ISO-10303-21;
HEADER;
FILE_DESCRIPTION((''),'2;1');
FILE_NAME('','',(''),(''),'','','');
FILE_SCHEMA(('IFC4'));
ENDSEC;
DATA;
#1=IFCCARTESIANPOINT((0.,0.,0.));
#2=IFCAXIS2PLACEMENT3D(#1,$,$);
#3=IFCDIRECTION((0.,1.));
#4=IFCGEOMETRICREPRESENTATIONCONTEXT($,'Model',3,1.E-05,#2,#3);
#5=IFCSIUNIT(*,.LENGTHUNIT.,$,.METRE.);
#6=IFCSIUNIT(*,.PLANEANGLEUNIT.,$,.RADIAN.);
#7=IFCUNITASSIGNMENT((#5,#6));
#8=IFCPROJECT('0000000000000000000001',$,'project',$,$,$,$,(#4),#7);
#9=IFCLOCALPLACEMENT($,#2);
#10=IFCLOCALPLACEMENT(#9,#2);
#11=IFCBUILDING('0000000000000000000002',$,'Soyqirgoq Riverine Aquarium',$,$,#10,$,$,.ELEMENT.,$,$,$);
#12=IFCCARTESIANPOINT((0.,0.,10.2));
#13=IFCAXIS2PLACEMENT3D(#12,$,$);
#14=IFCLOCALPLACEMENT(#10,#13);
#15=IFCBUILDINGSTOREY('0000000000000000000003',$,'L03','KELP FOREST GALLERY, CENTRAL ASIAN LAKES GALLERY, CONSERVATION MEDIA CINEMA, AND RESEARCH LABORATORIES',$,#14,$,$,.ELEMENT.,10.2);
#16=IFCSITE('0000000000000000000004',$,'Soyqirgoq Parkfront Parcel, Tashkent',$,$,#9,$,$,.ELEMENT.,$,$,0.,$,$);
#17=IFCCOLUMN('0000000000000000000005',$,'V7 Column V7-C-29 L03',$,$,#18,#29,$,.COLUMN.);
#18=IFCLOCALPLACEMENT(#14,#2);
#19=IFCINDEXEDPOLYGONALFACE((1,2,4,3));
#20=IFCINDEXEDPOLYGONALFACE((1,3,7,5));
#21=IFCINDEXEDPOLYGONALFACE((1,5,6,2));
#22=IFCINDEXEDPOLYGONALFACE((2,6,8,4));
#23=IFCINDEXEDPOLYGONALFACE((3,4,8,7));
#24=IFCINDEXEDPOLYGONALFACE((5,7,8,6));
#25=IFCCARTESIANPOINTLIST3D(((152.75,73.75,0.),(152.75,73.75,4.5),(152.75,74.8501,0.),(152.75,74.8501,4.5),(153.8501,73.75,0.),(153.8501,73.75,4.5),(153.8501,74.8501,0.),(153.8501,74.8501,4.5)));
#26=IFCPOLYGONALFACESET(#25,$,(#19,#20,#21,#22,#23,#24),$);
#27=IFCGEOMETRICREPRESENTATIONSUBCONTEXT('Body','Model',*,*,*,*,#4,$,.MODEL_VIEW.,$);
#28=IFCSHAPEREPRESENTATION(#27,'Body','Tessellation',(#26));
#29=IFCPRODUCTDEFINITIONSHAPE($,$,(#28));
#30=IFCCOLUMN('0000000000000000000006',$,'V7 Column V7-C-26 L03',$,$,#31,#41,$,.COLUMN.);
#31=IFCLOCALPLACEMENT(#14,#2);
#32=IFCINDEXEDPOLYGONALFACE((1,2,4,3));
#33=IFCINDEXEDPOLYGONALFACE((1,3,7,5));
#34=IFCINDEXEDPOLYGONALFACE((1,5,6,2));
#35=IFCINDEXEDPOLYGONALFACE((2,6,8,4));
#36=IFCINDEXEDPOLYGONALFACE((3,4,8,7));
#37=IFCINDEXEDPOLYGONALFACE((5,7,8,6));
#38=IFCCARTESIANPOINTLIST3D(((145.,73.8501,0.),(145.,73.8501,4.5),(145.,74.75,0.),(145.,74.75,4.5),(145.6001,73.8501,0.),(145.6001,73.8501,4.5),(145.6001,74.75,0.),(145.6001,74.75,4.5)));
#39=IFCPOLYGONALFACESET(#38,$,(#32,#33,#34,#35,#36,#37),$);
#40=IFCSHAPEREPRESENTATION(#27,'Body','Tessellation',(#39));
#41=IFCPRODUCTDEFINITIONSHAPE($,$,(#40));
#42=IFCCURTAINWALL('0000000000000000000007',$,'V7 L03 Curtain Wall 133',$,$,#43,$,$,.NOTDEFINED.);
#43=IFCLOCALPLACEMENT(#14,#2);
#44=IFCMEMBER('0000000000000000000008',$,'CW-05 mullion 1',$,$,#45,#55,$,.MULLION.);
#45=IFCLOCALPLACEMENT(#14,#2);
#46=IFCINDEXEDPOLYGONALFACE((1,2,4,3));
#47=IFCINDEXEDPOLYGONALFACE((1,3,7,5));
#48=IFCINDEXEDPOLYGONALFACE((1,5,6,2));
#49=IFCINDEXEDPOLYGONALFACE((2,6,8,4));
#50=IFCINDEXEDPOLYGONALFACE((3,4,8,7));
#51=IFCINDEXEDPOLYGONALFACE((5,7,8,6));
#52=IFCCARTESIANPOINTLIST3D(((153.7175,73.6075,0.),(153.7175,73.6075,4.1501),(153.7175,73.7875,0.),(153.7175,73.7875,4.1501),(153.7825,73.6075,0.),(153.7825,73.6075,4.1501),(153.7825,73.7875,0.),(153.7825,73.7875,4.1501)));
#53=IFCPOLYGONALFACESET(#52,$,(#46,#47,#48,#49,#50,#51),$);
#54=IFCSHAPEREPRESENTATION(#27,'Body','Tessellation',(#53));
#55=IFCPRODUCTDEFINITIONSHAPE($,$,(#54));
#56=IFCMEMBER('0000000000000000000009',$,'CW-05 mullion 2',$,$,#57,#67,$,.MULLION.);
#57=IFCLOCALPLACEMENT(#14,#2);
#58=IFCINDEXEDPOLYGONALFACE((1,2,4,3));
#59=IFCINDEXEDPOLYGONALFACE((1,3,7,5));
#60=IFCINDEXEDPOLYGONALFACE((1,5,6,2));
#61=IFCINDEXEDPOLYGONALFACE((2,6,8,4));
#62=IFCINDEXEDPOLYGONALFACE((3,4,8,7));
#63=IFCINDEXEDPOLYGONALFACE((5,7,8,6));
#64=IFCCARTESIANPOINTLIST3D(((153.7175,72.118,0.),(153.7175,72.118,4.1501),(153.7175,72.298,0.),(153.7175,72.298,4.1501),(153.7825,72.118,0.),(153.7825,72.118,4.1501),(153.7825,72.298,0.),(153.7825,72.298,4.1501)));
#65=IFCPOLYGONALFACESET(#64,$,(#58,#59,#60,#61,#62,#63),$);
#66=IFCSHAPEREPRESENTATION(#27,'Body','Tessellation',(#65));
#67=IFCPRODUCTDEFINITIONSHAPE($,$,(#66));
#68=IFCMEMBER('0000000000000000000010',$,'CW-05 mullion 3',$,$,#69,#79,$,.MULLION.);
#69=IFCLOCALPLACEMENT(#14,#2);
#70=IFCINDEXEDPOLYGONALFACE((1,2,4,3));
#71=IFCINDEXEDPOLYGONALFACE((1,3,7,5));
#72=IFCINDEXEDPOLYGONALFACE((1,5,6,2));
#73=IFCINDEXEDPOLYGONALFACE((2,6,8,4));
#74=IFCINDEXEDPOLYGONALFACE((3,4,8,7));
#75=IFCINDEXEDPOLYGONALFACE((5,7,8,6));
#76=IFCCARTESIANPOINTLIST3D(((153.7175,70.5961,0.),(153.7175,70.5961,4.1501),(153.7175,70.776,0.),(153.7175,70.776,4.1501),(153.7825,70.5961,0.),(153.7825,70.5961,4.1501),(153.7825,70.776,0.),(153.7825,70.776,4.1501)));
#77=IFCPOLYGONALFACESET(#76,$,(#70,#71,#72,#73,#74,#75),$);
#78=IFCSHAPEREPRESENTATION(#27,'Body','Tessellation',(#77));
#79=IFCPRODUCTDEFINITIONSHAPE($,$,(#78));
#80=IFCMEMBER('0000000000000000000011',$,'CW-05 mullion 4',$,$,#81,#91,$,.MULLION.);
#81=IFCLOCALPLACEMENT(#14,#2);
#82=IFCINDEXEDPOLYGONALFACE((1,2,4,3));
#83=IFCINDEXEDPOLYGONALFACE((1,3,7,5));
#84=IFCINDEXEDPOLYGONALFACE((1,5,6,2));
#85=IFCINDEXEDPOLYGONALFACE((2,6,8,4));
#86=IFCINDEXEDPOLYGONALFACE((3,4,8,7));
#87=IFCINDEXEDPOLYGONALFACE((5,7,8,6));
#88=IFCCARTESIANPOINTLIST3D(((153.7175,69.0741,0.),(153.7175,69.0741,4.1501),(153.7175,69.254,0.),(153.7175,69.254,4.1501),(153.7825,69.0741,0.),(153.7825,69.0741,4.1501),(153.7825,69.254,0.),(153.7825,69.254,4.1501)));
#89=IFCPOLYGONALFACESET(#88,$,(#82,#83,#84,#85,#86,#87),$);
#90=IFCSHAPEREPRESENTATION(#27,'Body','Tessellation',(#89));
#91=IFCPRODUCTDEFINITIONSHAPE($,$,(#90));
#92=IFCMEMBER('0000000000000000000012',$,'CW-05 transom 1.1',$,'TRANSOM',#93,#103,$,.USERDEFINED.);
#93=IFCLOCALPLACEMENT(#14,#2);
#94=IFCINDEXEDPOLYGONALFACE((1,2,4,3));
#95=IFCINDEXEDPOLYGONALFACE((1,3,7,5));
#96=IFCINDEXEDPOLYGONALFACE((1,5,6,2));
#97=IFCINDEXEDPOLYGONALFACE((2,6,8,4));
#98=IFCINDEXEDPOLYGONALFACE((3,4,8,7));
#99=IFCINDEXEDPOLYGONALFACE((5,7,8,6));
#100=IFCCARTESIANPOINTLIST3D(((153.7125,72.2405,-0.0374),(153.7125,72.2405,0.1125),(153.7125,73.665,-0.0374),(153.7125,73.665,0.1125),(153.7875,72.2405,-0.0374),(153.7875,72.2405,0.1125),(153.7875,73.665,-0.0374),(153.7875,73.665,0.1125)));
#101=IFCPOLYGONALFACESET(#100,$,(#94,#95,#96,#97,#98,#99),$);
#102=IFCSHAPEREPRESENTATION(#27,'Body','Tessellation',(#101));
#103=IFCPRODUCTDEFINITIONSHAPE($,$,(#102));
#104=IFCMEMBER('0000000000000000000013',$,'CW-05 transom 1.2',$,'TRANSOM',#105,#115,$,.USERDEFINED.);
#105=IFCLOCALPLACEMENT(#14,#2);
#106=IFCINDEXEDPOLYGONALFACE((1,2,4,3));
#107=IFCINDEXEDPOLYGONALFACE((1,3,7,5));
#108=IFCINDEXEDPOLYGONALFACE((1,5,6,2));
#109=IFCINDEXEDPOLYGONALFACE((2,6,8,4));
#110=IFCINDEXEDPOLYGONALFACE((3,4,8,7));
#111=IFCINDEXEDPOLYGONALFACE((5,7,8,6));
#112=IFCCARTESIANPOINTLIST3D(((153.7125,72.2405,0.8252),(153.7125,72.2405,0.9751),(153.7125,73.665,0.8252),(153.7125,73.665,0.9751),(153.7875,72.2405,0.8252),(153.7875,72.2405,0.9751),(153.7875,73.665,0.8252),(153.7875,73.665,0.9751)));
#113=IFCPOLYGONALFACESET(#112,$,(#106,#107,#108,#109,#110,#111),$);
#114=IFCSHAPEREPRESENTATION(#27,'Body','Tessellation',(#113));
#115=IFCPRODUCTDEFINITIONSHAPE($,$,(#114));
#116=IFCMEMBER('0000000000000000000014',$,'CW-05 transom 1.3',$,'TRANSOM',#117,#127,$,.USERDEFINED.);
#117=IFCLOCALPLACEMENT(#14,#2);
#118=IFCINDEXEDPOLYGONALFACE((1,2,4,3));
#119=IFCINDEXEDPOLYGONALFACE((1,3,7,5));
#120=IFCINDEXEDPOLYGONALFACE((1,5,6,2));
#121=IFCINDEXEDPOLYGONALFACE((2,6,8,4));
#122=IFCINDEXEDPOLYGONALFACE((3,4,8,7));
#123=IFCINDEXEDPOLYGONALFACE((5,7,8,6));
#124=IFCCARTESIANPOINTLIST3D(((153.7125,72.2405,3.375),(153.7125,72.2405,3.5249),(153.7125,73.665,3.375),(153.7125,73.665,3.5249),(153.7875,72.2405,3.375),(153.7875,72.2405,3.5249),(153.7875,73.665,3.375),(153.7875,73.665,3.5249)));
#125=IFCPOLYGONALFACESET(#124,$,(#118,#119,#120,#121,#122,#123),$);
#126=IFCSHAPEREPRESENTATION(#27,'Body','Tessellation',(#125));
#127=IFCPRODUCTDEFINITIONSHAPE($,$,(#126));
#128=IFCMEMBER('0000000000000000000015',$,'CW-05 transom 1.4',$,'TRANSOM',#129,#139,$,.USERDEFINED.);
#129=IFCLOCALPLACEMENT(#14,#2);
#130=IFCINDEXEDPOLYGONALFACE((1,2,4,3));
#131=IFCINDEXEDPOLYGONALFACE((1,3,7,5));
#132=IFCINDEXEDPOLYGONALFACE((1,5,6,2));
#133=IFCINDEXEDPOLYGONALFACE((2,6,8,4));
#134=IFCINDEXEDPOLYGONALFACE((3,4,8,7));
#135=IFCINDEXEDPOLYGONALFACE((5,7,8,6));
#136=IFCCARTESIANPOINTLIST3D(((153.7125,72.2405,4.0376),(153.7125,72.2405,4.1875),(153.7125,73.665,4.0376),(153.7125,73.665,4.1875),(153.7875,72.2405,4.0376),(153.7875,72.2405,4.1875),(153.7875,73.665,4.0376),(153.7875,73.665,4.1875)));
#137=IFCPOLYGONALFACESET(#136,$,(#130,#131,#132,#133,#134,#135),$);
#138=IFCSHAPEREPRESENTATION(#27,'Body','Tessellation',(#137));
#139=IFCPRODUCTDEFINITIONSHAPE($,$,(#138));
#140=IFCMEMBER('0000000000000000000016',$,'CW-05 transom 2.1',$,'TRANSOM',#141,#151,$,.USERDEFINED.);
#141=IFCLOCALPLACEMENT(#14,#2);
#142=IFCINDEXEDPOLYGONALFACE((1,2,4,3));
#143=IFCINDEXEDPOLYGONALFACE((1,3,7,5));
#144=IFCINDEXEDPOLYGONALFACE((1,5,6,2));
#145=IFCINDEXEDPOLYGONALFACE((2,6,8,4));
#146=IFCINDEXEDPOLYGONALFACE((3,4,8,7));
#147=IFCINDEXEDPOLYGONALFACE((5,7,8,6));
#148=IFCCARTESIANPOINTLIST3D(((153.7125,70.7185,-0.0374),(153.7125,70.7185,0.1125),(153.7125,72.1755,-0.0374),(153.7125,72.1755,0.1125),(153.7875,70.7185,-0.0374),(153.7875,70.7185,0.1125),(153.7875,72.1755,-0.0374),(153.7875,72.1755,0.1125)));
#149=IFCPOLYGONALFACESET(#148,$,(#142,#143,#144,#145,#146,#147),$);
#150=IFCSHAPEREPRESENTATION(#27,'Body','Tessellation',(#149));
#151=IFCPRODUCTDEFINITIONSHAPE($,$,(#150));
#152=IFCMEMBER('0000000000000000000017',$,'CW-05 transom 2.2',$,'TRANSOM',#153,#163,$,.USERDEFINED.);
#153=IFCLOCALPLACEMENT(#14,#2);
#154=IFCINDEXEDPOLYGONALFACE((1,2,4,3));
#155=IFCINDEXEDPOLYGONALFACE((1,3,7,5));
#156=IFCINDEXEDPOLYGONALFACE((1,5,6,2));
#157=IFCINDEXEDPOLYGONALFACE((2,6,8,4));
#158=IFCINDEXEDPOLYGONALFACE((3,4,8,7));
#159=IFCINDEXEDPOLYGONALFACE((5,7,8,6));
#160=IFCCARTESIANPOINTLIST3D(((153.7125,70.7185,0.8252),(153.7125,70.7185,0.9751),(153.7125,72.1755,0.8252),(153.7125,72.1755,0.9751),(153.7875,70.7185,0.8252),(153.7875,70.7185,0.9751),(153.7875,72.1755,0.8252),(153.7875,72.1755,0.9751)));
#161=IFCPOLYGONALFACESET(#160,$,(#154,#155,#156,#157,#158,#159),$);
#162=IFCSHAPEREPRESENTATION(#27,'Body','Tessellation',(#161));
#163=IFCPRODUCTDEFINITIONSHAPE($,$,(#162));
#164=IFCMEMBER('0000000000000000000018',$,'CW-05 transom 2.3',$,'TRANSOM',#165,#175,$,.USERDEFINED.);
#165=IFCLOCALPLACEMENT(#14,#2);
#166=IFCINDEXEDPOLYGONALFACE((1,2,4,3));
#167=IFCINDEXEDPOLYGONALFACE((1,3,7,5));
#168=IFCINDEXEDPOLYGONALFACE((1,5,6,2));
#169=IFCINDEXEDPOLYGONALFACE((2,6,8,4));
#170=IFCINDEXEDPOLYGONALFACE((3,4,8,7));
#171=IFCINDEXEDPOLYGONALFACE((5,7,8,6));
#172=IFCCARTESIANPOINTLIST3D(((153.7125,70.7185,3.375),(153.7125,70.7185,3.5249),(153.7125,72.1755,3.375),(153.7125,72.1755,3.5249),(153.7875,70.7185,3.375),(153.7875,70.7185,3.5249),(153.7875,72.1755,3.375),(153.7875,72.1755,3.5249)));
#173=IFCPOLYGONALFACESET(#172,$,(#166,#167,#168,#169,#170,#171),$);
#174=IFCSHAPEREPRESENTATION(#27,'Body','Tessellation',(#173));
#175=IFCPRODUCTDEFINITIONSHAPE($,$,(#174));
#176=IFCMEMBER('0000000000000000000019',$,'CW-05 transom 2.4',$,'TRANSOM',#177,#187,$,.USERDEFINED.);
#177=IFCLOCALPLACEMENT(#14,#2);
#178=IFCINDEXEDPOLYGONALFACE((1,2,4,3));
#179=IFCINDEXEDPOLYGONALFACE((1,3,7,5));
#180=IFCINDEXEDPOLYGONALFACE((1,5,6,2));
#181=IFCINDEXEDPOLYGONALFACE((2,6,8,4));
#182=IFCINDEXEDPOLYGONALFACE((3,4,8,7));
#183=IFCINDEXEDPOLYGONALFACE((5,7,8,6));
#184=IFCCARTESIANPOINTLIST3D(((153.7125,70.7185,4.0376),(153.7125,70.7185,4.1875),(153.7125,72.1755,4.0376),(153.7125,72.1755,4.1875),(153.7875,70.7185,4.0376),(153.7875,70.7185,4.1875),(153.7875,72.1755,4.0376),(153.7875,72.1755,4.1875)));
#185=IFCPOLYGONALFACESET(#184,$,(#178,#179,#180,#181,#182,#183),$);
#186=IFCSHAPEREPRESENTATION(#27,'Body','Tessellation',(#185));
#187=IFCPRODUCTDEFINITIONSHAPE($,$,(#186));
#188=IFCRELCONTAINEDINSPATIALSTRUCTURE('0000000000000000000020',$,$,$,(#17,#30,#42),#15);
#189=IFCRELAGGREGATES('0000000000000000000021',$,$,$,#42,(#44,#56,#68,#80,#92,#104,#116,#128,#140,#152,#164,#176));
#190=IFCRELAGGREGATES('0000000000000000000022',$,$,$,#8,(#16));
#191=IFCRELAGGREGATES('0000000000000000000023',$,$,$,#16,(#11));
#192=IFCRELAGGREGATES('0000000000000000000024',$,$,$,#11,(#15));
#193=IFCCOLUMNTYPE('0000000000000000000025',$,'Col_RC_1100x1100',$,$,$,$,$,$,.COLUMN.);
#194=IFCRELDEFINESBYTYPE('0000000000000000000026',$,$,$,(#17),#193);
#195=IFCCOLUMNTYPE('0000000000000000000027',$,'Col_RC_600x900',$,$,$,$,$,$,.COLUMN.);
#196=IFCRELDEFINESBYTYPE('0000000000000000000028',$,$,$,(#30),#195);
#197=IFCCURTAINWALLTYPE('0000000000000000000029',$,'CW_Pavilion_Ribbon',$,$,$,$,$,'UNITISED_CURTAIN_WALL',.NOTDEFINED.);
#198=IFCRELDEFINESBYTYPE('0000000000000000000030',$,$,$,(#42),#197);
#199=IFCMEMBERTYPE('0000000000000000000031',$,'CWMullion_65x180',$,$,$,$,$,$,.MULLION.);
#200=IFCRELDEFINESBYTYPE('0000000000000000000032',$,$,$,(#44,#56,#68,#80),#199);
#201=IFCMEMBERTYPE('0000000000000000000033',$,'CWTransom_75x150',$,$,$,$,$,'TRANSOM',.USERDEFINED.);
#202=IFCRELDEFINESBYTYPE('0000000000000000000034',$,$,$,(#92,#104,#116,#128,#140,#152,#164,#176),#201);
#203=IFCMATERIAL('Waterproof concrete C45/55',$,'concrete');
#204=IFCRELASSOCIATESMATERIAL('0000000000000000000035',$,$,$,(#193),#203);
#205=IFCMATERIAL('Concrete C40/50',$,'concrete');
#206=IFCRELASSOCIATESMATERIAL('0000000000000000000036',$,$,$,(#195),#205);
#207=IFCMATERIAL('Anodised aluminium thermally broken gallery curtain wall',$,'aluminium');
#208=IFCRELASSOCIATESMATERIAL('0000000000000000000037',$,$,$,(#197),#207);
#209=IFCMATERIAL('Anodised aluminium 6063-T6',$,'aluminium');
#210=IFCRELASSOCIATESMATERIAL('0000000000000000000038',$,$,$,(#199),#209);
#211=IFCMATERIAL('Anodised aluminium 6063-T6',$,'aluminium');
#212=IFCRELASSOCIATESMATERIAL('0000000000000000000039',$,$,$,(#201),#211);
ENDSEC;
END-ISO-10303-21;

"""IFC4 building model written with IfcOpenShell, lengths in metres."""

from ifc_helpers import new_model, si_unit, direction, frame, origin, origin_2d, place, context, subcontext, project, spatial, rectangle, extrude, material, material_profile, profile_set, type_object, element, aggregate, save


model = new_model("IFC4")

# Units and contexts
model_context = context("Model", 3, precision=1e-05, world=origin(), true_north=direction((0.0, 1.0)))
body_context = subcontext(model_context, "Body", "Model", "MODEL_VIEW")
ifc_project = project(units=[si_unit("LENGTHUNIT", "METRE"), si_unit("PLANEANGLEUNIT", "RADIAN")], contexts=[model_context])

# Site, building, storey
site_placement = place(None, origin())
site = spatial("IfcSite", under=ifc_project, at=site_placement, Name="Soyqirgoq Parkfront Parcel, Tashkent", CompositionType="ELEMENT", RefElevation=0.0)
building_placement = place(site_placement, origin())
building = spatial("IfcBuilding", under=site, at=building_placement, Name="Soyqirgoq Riverine Aquarium", CompositionType="ELEMENT")
storey_placement = place(building_placement, frame((0.0, 0.0, 10.2)))
storey = spatial("IfcBuildingStorey", under=building, at=storey_placement, Name="L03", Description="KELP FOREST GALLERY, CENTRAL ASIAN LAKES GALLERY, CONSERVATION MEDIA CINEMA, AND RESEARCH LABORATORIES", CompositionType="ELEMENT", Elevation=10.2)

# Columns
ifc_material_1 = material(Name="Waterproof concrete C45/55", Category="concrete")
ifc_material_profile_1 = material_profile(ifc_material_1, rectangle(XDim=1.1001, YDim=1.1001, at=origin_2d()), Name="RC 1100x1100")
ifc_profile_set_1 = profile_set([ifc_material_profile_1], Name="Waterproof concrete C45/55")
column_type_1 = type_object("IfcColumnType", Name="Col_RC_1100x1100", PredefinedType="COLUMN", material=ifc_profile_set_1)
column_1_placement = place(storey_placement, frame((153.3, 74.3, 0.0), z_axis=(0.0, 0.0, 1.0), x_axis=(1.0, 0.0, 0.0)))
element("IfcColumn", 1, at=column_1_placement, inside=storey, type_object=column_type_1, Name="V7 Column V7-C-29 L03", PredefinedType="COLUMN", context=body_context, shape_type="SweptSolid", body=[
    extrude(rectangle(XDim=1.1001, YDim=1.1001, at=origin_2d()), origin(), (0.0, 0.0, 1.0), 4.5),
])
ifc_material_2 = material(Name="Concrete C40/50", Category="concrete")
ifc_material_profile_2 = material_profile(ifc_material_2, rectangle(XDim=0.6001, YDim=0.8999, at=origin_2d()), Name="RC-COL 600x900")
ifc_profile_set_2 = profile_set([ifc_material_profile_2], Name="Concrete C40/50")
column_type_2 = type_object("IfcColumnType", Name="Col_RC_600x900", PredefinedType="COLUMN", material=ifc_profile_set_2)
column_2_placement = place(storey_placement, frame((145.3, 74.3, 0.0), z_axis=(0.0, 0.0, 1.0), x_axis=(1.0, 0.0, 0.0)))
element("IfcColumn", 2, at=column_2_placement, inside=storey, type_object=column_type_2, Name="V7 Column V7-C-26 L03", PredefinedType="COLUMN", context=body_context, shape_type="SweptSolid", body=[
    extrude(rectangle(XDim=0.6001, YDim=0.8999, at=origin_2d()), origin(), (0.0, 0.0, 1.0), 4.5),
])

# Curtain wall, members
ifc_material_3 = material(Name="Anodised aluminium thermally broken gallery curtain wall", Category="aluminium")
curtain_wall_type = type_object("IfcCurtainWallType", Name="CW_Pavilion_Ribbon", ElementType="UNITISED_CURTAIN_WALL", PredefinedType="NOTDEFINED", material=ifc_material_3)
curtain_wall_placement = place(storey_placement, origin())
curtain_wall = element("IfcCurtainWall", 3, at=curtain_wall_placement, inside=storey, type_object=curtain_wall_type, Name="V7 L03 Curtain Wall 133", PredefinedType="NOTDEFINED")
ifc_material_4 = material(Name="Anodised aluminium 6063-T6", Category="aluminium")
ifc_material_profile_3 = material_profile(ifc_material_4, rectangle(XDim=0.0649, YDim=0.1799, at=origin_2d()), Name="ALU-M 65x180")
ifc_profile_set_3 = profile_set([ifc_material_profile_3], Name="Anodised aluminium 6063-T6")
member_type_1 = type_object("IfcMemberType", Name="CWMullion_65x180", PredefinedType="MULLION", material=ifc_profile_set_3)
member_1_placement = place(storey_placement, frame((153.75, 73.6975, 0.0), z_axis=(0.0, 0.0, 1.0), x_axis=(1.0, 0.0, 0.0)))
member_1 = element("IfcMember", 4, at=member_1_placement, type_object=member_type_1, Name="CW-05 mullion 1", PredefinedType="MULLION", context=body_context, shape_type="SweptSolid", body=[
    extrude(rectangle(XDim=0.0649, YDim=0.1799, at=origin_2d()), origin(), (0.0, 0.0, 1.0), 4.1501),
])
member_2_placement = place(storey_placement, frame((153.75, 72.208, 0.0), z_axis=(0.0, 0.0, 1.0), x_axis=(1.0, 0.0, 0.0)))
member_2 = element("IfcMember", 5, at=member_2_placement, type_object=member_type_1, Name="CW-05 mullion 2", PredefinedType="MULLION", context=body_context, shape_type="SweptSolid", body=[
    extrude(rectangle(XDim=0.0649, YDim=0.1799, at=origin_2d()), origin(), (0.0, 0.0, 1.0), 4.1501),
])
member_3_placement = place(storey_placement, frame((153.75, 70.686, 0.0), z_axis=(0.0, 0.0, 1.0), x_axis=(1.0, 0.0, 0.0)))
member_3 = element("IfcMember", 6, at=member_3_placement, type_object=member_type_1, Name="CW-05 mullion 3", PredefinedType="MULLION", context=body_context, shape_type="SweptSolid", body=[
    extrude(rectangle(XDim=0.0649, YDim=0.1799, at=origin_2d()), origin(), (0.0, 0.0, 1.0), 4.1501),
])
member_4_placement = place(storey_placement, frame((153.75, 69.1641, 0.0), z_axis=(0.0, 0.0, 1.0), x_axis=(1.0, 0.0, 0.0)))
member_4 = element("IfcMember", 7, at=member_4_placement, type_object=member_type_1, Name="CW-05 mullion 4", PredefinedType="MULLION", context=body_context, shape_type="SweptSolid", body=[
    extrude(rectangle(XDim=0.0649, YDim=0.1799, at=origin_2d()), origin(), (0.0, 0.0, 1.0), 4.1501),
])
ifc_material_5 = material(Name="Anodised aluminium 6063-T6", Category="aluminium")
ifc_material_profile_4 = material_profile(ifc_material_5, rectangle(XDim=0.075, YDim=0.1499, at=origin_2d()), Name="ALU-T 75x150")
ifc_profile_set_4 = profile_set([ifc_material_profile_4], Name="Anodised aluminium 6063-T6")
member_type_2 = type_object("IfcMemberType", Name="CWTransom_75x150", ElementType="TRANSOM", PredefinedType="USERDEFINED", material=ifc_profile_set_4)
member_5_placement = place(storey_placement, frame((153.75, 73.665, 0.0376), z_axis=(0.0, -1.0, 0.0), x_axis=(1.0, 0.0, 0.0)))
member_5 = element("IfcMember", 8, at=member_5_placement, type_object=member_type_2, Name="CW-05 transom 1.1", ObjectType="TRANSOM", PredefinedType="USERDEFINED", context=body_context, shape_type="SweptSolid", body=[
    extrude(rectangle(XDim=0.075, YDim=0.1499, at=origin_2d()), origin(), (0.0, 0.0, 1.0), 1.4246),
])
member_6_placement = place(storey_placement, frame((153.75, 73.665, 0.9001), z_axis=(0.0, -1.0, 0.0), x_axis=(1.0, 0.0, 0.0)))
member_6 = element("IfcMember", 9, at=member_6_placement, type_object=member_type_2, Name="CW-05 transom 1.2", ObjectType="TRANSOM", PredefinedType="USERDEFINED", context=body_context, shape_type="SweptSolid", body=[
    extrude(rectangle(XDim=0.075, YDim=0.1499, at=origin_2d()), origin(), (0.0, 0.0, 1.0), 1.4246),
])
member_7_placement = place(storey_placement, frame((153.75, 73.665, 3.45), z_axis=(0.0, -1.0, 0.0), x_axis=(1.0, 0.0, 0.0)))
member_7 = element("IfcMember", 10, at=member_7_placement, type_object=member_type_2, Name="CW-05 transom 1.3", ObjectType="TRANSOM", PredefinedType="USERDEFINED", context=body_context, shape_type="SweptSolid", body=[
    extrude(rectangle(XDim=0.075, YDim=0.1499, at=origin_2d()), origin(), (0.0, 0.0, 1.0), 1.4246),
])
member_8_placement = place(storey_placement, frame((153.75, 73.665, 4.1125), z_axis=(0.0, -1.0, 0.0), x_axis=(1.0, 0.0, 0.0)))
member_8 = element("IfcMember", 11, at=member_8_placement, type_object=member_type_2, Name="CW-05 transom 1.4", ObjectType="TRANSOM", PredefinedType="USERDEFINED", context=body_context, shape_type="SweptSolid", body=[
    extrude(rectangle(XDim=0.075, YDim=0.1499, at=origin_2d()), origin(), (0.0, 0.0, 1.0), 1.4246),
])
member_9_placement = place(storey_placement, frame((153.75, 72.1755, 0.0376), z_axis=(0.0, -1.0, 0.0), x_axis=(1.0, 0.0, 0.0)))
member_9 = element("IfcMember", 12, at=member_9_placement, type_object=member_type_2, Name="CW-05 transom 2.1", ObjectType="TRANSOM", PredefinedType="USERDEFINED", context=body_context, shape_type="SweptSolid", body=[
    extrude(rectangle(XDim=0.075, YDim=0.1499, at=origin_2d()), origin(), (0.0, 0.0, 1.0), 1.457),
])
member_10_placement = place(storey_placement, frame((153.75, 72.1755, 0.9001), z_axis=(0.0, -1.0, 0.0), x_axis=(1.0, 0.0, 0.0)))
member_10 = element("IfcMember", 13, at=member_10_placement, type_object=member_type_2, Name="CW-05 transom 2.2", ObjectType="TRANSOM", PredefinedType="USERDEFINED", context=body_context, shape_type="SweptSolid", body=[
    extrude(rectangle(XDim=0.075, YDim=0.1499, at=origin_2d()), origin(), (0.0, 0.0, 1.0), 1.457),
])
member_11_placement = place(storey_placement, frame((153.75, 72.1755, 3.45), z_axis=(0.0, -1.0, 0.0), x_axis=(1.0, 0.0, 0.0)))
member_11 = element("IfcMember", 14, at=member_11_placement, type_object=member_type_2, Name="CW-05 transom 2.3", ObjectType="TRANSOM", PredefinedType="USERDEFINED", context=body_context, shape_type="SweptSolid", body=[
    extrude(rectangle(XDim=0.075, YDim=0.1499, at=origin_2d()), origin(), (0.0, 0.0, 1.0), 1.457),
])
member_12_placement = place(storey_placement, frame((153.75, 72.1755, 4.1125), z_axis=(0.0, -1.0, 0.0), x_axis=(1.0, 0.0, 0.0)))
member_12 = element("IfcMember", 15, at=member_12_placement, type_object=member_type_2, Name="CW-05 transom 2.4", ObjectType="TRANSOM", PredefinedType="USERDEFINED", context=body_context, shape_type="SweptSolid", body=[
    extrude(rectangle(XDim=0.075, YDim=0.1499, at=origin_2d()), origin(), (0.0, 0.0, 1.0), 1.457),
])

aggregate(curtain_wall, [member_1, member_2, member_3, member_4, member_5, member_6, member_7, member_8, member_9, member_10, member_11, member_12])

save(model, "model.ifc")
